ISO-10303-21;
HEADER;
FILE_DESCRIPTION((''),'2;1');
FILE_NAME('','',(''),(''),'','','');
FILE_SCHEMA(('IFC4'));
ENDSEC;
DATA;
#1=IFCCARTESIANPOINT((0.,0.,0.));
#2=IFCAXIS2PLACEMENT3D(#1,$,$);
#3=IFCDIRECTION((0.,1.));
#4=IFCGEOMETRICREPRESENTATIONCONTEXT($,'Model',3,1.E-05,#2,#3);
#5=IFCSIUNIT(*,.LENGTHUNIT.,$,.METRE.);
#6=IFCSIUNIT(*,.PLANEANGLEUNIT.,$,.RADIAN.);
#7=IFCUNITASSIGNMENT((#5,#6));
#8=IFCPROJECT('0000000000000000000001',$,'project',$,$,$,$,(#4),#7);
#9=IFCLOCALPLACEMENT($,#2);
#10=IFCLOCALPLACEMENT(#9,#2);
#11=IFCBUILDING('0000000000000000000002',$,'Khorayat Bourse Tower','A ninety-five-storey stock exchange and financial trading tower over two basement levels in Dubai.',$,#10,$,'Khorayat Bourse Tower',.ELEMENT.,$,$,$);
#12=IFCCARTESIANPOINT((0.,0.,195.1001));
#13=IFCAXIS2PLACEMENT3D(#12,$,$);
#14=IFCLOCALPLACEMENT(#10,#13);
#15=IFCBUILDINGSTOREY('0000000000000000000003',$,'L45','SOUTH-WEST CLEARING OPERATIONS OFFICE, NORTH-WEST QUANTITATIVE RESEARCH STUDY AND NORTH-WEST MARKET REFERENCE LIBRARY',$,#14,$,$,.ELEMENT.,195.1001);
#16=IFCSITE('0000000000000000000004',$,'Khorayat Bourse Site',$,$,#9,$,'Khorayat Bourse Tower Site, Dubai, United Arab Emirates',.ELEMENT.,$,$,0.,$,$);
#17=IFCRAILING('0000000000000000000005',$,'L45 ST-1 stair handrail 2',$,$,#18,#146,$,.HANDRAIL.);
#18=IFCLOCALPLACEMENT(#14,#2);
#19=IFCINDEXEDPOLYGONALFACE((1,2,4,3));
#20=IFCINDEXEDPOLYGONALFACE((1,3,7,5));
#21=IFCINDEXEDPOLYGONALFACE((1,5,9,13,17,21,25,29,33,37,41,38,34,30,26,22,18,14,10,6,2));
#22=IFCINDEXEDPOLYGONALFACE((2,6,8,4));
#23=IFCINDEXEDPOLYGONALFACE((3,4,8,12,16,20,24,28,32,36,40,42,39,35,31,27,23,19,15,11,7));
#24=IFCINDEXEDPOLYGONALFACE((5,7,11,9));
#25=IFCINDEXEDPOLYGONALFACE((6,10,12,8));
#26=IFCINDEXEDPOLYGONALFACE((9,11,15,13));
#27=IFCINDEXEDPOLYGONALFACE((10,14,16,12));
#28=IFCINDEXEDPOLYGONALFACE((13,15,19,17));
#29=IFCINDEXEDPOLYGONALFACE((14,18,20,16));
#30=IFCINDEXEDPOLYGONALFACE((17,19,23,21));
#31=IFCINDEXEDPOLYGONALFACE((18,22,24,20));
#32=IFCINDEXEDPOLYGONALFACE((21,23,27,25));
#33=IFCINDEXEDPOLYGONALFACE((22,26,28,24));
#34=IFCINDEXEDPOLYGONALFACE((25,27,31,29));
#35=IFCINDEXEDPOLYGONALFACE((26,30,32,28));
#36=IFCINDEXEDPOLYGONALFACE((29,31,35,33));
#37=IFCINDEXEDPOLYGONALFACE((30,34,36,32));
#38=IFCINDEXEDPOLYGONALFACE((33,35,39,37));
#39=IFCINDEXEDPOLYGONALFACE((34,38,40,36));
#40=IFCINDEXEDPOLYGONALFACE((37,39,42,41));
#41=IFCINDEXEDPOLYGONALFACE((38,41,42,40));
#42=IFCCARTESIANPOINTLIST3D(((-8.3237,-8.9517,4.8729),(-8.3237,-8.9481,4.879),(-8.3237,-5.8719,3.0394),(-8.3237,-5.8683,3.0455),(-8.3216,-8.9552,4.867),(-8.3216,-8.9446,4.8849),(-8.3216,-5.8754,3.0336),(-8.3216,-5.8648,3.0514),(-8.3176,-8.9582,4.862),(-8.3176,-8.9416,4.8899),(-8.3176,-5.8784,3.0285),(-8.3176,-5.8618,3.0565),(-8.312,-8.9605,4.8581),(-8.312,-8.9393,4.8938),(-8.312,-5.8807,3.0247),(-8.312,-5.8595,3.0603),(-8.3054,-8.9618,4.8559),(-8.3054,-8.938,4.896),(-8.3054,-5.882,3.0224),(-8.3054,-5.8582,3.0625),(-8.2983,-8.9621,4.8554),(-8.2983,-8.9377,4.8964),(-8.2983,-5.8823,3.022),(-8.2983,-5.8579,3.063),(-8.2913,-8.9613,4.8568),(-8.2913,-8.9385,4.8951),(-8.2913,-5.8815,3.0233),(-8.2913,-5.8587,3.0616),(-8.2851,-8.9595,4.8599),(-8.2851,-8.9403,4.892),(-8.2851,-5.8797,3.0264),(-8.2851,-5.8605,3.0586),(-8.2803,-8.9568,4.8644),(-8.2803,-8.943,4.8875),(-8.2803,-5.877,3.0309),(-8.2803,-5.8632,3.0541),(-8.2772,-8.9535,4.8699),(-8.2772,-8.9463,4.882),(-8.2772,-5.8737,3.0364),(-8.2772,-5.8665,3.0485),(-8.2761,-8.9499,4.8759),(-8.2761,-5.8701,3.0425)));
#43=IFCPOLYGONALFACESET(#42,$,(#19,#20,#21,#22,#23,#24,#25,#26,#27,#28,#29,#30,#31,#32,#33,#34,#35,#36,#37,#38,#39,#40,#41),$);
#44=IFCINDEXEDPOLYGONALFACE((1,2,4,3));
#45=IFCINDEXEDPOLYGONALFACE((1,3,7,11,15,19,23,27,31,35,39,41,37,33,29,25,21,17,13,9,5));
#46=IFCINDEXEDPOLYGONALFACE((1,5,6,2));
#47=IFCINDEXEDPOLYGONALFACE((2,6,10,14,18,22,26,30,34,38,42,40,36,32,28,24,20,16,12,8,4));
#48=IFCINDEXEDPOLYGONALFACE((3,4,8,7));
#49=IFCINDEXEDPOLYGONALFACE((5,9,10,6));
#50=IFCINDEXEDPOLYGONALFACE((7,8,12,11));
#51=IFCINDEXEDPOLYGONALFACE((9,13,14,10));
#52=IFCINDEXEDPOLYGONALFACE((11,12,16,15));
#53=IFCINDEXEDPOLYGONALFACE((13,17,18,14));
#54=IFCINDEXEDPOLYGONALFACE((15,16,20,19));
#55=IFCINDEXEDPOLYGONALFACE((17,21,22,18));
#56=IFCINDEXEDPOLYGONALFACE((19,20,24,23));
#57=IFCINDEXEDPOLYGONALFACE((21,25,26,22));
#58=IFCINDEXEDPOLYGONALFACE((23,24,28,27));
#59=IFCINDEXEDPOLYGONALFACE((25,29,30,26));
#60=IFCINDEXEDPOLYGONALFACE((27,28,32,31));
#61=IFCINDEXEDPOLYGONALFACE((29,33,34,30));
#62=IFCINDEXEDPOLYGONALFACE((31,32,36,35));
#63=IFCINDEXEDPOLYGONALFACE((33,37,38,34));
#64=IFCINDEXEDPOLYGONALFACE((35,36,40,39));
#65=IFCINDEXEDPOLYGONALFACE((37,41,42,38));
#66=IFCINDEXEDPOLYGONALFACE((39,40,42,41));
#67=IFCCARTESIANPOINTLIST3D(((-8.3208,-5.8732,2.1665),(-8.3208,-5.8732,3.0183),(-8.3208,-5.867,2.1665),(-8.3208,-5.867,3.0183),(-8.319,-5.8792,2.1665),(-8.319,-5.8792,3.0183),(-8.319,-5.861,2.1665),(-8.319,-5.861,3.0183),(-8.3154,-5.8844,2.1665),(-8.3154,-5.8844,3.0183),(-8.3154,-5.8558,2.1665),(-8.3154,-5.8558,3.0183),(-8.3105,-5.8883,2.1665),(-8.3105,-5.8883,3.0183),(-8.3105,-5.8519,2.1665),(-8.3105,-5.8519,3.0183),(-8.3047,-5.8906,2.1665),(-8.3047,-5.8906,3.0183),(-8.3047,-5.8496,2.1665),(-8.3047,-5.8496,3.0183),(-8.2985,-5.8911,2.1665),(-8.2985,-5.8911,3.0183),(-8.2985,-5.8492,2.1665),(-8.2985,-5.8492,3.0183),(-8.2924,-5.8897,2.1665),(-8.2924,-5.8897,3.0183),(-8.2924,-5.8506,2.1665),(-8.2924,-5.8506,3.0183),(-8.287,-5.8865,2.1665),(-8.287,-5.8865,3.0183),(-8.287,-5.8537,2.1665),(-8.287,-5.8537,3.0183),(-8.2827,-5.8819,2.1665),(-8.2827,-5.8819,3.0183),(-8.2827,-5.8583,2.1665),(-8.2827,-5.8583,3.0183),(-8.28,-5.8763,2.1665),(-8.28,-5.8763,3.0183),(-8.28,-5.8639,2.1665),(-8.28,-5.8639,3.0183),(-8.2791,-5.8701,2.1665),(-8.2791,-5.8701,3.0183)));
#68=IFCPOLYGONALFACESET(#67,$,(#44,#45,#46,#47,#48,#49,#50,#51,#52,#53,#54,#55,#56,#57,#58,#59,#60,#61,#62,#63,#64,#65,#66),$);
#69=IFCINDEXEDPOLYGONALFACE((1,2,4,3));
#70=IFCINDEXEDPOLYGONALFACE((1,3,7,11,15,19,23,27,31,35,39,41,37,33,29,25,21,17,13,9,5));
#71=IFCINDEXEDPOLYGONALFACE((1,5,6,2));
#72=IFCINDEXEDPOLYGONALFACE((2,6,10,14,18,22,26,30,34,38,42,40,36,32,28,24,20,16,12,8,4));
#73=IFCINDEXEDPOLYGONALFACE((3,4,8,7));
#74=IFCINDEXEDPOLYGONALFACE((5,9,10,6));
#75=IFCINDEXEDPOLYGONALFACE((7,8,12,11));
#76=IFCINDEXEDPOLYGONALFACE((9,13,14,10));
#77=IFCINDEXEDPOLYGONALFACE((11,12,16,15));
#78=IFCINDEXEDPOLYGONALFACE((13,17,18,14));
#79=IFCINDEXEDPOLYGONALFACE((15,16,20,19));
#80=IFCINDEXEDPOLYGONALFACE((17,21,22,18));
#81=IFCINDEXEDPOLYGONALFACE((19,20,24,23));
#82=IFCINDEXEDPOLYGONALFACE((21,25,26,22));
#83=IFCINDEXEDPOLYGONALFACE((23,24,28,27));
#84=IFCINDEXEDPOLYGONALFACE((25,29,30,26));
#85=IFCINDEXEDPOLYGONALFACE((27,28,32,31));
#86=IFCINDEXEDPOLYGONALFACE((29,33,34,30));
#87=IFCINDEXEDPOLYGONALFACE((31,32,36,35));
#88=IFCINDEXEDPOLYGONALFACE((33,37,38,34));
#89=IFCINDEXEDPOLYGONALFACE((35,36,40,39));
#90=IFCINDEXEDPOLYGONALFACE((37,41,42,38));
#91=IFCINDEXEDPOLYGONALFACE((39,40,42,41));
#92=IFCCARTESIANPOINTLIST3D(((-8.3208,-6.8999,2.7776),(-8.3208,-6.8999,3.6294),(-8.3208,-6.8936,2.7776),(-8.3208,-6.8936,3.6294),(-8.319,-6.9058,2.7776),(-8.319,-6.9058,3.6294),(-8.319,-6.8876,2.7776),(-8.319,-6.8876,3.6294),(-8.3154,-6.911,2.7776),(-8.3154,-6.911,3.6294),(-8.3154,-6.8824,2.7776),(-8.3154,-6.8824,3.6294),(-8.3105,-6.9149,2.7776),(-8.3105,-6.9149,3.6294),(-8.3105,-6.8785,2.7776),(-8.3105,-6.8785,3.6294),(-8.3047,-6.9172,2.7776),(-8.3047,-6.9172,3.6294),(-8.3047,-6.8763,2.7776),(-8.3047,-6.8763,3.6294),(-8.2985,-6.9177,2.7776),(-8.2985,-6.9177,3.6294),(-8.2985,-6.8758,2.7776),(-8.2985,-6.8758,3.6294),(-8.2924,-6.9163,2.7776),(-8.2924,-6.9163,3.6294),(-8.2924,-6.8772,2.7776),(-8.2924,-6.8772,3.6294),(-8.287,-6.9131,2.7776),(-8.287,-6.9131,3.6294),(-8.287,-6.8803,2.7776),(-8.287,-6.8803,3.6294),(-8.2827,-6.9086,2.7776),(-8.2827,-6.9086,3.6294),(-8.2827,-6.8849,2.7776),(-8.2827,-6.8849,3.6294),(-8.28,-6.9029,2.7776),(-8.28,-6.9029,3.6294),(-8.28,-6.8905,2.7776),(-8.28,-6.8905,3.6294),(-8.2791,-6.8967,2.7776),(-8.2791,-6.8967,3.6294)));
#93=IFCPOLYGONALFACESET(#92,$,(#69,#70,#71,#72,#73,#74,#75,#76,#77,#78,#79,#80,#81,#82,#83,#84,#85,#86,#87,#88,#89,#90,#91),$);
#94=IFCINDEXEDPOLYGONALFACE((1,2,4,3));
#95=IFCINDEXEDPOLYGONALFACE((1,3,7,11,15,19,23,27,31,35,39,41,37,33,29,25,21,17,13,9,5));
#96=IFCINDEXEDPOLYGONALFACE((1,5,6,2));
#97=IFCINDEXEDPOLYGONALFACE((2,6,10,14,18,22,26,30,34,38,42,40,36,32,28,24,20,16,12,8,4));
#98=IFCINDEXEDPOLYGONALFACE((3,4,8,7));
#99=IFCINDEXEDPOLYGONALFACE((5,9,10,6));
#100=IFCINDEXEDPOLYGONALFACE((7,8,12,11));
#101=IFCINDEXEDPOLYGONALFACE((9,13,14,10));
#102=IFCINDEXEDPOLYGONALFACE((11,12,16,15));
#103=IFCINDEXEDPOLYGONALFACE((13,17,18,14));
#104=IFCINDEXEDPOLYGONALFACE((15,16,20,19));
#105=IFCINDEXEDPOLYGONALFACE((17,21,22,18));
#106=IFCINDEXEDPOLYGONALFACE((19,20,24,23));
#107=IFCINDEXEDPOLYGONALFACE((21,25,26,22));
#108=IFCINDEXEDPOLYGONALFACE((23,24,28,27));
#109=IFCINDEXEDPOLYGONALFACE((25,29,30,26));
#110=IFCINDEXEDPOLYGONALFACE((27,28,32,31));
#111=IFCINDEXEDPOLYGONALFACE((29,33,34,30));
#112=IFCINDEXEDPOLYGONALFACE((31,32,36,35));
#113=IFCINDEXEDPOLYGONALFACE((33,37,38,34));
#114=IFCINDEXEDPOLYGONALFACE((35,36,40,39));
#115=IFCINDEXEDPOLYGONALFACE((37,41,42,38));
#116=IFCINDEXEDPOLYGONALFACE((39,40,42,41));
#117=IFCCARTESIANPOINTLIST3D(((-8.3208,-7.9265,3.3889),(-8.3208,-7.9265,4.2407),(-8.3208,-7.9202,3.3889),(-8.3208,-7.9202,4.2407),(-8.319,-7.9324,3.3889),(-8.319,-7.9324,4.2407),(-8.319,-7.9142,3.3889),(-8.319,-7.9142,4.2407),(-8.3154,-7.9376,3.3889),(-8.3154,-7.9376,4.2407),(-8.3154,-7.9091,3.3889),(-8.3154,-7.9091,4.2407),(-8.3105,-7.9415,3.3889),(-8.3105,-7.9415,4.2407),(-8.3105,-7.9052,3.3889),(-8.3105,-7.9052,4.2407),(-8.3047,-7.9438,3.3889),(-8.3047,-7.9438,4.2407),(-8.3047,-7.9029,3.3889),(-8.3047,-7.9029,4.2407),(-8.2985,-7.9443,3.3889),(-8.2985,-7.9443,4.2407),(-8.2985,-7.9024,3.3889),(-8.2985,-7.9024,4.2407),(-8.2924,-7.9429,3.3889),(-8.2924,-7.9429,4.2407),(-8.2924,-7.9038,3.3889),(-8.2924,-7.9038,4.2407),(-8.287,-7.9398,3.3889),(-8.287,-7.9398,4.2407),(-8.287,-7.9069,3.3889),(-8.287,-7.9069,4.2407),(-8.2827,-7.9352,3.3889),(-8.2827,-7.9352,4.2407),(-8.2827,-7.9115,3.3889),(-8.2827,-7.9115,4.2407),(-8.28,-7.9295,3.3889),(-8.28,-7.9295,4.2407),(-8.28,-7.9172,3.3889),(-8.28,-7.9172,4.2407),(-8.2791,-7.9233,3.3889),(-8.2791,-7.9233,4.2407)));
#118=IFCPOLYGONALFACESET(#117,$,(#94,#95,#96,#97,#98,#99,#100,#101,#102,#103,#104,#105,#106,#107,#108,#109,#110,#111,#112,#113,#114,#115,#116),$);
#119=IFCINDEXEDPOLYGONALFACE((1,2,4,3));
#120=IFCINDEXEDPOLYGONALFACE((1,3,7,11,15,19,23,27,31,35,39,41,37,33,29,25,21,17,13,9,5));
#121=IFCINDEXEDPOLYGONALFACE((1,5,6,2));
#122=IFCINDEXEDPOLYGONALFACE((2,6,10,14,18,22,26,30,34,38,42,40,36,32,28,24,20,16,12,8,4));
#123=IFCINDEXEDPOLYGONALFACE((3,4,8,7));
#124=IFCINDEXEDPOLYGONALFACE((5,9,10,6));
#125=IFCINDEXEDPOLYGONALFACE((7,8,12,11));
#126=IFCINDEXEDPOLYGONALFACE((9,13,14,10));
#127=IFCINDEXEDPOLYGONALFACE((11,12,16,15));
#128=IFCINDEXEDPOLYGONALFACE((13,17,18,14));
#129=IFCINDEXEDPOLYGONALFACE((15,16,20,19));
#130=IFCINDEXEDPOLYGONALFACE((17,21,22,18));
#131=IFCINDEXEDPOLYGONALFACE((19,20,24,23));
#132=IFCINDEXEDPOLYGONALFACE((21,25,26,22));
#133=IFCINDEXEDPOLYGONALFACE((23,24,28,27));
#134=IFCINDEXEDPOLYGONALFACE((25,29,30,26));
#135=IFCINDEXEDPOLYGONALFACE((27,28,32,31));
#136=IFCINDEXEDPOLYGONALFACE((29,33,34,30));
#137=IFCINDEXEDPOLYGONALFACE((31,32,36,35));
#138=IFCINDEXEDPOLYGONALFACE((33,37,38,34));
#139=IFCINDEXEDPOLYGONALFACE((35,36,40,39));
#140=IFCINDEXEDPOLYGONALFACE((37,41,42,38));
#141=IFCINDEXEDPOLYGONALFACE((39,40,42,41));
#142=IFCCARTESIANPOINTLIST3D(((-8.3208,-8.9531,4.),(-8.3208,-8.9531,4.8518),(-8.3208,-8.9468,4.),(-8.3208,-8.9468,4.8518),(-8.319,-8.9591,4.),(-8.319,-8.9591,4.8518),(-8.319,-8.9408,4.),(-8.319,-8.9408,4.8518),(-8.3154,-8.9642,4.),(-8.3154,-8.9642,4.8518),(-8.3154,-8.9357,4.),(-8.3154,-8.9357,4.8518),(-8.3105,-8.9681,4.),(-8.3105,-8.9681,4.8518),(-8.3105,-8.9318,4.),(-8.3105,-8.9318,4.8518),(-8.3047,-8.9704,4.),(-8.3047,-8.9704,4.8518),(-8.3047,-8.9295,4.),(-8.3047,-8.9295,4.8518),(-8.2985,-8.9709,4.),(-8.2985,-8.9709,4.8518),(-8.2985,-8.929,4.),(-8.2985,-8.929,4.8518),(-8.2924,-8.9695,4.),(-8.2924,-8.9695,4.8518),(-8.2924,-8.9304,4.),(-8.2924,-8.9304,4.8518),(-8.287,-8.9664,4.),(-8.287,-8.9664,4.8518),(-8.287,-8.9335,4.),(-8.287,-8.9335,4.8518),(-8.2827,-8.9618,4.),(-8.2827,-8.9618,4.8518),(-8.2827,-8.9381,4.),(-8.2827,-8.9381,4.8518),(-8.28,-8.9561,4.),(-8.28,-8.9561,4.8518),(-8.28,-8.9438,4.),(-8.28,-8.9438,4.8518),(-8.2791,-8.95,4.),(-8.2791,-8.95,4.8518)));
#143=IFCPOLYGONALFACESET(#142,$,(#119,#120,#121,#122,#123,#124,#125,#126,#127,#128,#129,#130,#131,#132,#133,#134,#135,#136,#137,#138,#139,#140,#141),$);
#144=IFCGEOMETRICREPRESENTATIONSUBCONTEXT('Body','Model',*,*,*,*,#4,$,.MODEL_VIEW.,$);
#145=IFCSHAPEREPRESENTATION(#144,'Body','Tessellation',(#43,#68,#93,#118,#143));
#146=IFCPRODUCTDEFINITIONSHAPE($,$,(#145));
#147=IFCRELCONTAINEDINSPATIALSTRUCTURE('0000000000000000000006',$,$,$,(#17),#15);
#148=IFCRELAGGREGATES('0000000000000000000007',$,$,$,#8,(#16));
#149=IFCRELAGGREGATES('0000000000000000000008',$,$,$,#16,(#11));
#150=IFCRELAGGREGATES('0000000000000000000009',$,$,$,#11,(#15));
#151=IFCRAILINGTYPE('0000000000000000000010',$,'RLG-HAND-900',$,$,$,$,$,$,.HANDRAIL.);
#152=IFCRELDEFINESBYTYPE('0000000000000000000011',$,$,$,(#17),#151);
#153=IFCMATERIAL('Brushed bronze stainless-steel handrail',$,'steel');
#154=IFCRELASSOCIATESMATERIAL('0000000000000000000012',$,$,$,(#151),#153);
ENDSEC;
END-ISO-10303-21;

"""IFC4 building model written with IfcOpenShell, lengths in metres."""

from ifc_helpers import new_model, si_unit, direction, frame, origin, origin_2d, place, context, subcontext, project, spatial, circle, extrude, source, transform, mapped, material, type_object, element, save


model = new_model("IFC4")

# Units and contexts
model_context = context("Model", 3, precision=1e-05, world=origin(), true_north=direction((0.0, 1.0)))
body_context = subcontext(model_context, "Body", "Model", "MODEL_VIEW")
ifc_project = project(units=[si_unit("LENGTHUNIT", "METRE"), si_unit("PLANEANGLEUNIT", "RADIAN")], contexts=[model_context])

# Site, building, storey
site_placement = place(None, origin())
site = spatial("IfcSite", under=ifc_project, at=site_placement, Name="Khorayat Bourse Site", LongName="Khorayat Bourse Tower Site, Dubai, United Arab Emirates", CompositionType="ELEMENT", RefElevation=0.0)
building_placement = place(site_placement, origin())
building = spatial("IfcBuilding", under=site, at=building_placement, Name="Khorayat Bourse Tower", Description="A ninety-five-storey stock exchange and financial trading tower over two basement levels in Dubai.", LongName="Khorayat Bourse Tower", CompositionType="ELEMENT")
storey_placement = place(building_placement, frame((0.0, 0.0, 195.1001)))
storey = spatial("IfcBuildingStorey", under=building, at=storey_placement, Name="L45", Description="SOUTH-WEST CLEARING OPERATIONS OFFICE, NORTH-WEST QUANTITATIVE RESEARCH STUDY AND NORTH-WEST MARKET REFERENCE LIBRARY", CompositionType="ELEMENT", Elevation=195.1001)

# Railing
ifc_material_1 = material(Name="Brushed bronze stainless-steel handrail", Category="steel")
railing_type_1 = type_object("IfcRailingType", Name="RLG-HAND-900", PredefinedType="HANDRAIL", material=ifc_material_1)
shared_shape_1 = source(origin(), body_context, "Body", "SweptSolid", [
    extrude(circle(Radius=0.0239, at=origin_2d()), frame((0.0, 0.0, 0.876), z_axis=(0.0, -0.859261, 0.511538), x_axis=(1.0, 0.0, 0.0)), (0.0, 0.0, 1.0), 3.5842),
    extrude(circle(Radius=0.021, at=origin_2d()), origin(), (0.0, 0.0, 1.0), 0.8518),
    extrude(circle(Radius=0.021, at=origin_2d()), frame((0.0, -1.0266, 0.6111)), (0.0, 0.0, 1.0), 0.8518),
    extrude(circle(Radius=0.021, at=origin_2d()), frame((0.0, -2.0532, 1.2224)), (0.0, 0.0, 1.0), 0.8518),
    extrude(circle(Radius=0.021, at=origin_2d()), frame((0.0, -3.0798, 1.8335)), (0.0, 0.0, 1.0), 0.8518),
])
railing_1_placement = place(storey_placement, frame((-8.3, -5.8701, 2.1665)))
element("IfcRailing", 1, at=railing_1_placement, inside=storey, type_object=railing_type_1, Name="L45 ST-1 stair handrail 2", PredefinedType="HANDRAIL", context=body_context, shape_type="MappedRepresentation", body=[
    mapped(shared_shape_1, transform((0.0, 0.0, 0.0), scale=1.0)),
])

save(model, "model.ifc")
